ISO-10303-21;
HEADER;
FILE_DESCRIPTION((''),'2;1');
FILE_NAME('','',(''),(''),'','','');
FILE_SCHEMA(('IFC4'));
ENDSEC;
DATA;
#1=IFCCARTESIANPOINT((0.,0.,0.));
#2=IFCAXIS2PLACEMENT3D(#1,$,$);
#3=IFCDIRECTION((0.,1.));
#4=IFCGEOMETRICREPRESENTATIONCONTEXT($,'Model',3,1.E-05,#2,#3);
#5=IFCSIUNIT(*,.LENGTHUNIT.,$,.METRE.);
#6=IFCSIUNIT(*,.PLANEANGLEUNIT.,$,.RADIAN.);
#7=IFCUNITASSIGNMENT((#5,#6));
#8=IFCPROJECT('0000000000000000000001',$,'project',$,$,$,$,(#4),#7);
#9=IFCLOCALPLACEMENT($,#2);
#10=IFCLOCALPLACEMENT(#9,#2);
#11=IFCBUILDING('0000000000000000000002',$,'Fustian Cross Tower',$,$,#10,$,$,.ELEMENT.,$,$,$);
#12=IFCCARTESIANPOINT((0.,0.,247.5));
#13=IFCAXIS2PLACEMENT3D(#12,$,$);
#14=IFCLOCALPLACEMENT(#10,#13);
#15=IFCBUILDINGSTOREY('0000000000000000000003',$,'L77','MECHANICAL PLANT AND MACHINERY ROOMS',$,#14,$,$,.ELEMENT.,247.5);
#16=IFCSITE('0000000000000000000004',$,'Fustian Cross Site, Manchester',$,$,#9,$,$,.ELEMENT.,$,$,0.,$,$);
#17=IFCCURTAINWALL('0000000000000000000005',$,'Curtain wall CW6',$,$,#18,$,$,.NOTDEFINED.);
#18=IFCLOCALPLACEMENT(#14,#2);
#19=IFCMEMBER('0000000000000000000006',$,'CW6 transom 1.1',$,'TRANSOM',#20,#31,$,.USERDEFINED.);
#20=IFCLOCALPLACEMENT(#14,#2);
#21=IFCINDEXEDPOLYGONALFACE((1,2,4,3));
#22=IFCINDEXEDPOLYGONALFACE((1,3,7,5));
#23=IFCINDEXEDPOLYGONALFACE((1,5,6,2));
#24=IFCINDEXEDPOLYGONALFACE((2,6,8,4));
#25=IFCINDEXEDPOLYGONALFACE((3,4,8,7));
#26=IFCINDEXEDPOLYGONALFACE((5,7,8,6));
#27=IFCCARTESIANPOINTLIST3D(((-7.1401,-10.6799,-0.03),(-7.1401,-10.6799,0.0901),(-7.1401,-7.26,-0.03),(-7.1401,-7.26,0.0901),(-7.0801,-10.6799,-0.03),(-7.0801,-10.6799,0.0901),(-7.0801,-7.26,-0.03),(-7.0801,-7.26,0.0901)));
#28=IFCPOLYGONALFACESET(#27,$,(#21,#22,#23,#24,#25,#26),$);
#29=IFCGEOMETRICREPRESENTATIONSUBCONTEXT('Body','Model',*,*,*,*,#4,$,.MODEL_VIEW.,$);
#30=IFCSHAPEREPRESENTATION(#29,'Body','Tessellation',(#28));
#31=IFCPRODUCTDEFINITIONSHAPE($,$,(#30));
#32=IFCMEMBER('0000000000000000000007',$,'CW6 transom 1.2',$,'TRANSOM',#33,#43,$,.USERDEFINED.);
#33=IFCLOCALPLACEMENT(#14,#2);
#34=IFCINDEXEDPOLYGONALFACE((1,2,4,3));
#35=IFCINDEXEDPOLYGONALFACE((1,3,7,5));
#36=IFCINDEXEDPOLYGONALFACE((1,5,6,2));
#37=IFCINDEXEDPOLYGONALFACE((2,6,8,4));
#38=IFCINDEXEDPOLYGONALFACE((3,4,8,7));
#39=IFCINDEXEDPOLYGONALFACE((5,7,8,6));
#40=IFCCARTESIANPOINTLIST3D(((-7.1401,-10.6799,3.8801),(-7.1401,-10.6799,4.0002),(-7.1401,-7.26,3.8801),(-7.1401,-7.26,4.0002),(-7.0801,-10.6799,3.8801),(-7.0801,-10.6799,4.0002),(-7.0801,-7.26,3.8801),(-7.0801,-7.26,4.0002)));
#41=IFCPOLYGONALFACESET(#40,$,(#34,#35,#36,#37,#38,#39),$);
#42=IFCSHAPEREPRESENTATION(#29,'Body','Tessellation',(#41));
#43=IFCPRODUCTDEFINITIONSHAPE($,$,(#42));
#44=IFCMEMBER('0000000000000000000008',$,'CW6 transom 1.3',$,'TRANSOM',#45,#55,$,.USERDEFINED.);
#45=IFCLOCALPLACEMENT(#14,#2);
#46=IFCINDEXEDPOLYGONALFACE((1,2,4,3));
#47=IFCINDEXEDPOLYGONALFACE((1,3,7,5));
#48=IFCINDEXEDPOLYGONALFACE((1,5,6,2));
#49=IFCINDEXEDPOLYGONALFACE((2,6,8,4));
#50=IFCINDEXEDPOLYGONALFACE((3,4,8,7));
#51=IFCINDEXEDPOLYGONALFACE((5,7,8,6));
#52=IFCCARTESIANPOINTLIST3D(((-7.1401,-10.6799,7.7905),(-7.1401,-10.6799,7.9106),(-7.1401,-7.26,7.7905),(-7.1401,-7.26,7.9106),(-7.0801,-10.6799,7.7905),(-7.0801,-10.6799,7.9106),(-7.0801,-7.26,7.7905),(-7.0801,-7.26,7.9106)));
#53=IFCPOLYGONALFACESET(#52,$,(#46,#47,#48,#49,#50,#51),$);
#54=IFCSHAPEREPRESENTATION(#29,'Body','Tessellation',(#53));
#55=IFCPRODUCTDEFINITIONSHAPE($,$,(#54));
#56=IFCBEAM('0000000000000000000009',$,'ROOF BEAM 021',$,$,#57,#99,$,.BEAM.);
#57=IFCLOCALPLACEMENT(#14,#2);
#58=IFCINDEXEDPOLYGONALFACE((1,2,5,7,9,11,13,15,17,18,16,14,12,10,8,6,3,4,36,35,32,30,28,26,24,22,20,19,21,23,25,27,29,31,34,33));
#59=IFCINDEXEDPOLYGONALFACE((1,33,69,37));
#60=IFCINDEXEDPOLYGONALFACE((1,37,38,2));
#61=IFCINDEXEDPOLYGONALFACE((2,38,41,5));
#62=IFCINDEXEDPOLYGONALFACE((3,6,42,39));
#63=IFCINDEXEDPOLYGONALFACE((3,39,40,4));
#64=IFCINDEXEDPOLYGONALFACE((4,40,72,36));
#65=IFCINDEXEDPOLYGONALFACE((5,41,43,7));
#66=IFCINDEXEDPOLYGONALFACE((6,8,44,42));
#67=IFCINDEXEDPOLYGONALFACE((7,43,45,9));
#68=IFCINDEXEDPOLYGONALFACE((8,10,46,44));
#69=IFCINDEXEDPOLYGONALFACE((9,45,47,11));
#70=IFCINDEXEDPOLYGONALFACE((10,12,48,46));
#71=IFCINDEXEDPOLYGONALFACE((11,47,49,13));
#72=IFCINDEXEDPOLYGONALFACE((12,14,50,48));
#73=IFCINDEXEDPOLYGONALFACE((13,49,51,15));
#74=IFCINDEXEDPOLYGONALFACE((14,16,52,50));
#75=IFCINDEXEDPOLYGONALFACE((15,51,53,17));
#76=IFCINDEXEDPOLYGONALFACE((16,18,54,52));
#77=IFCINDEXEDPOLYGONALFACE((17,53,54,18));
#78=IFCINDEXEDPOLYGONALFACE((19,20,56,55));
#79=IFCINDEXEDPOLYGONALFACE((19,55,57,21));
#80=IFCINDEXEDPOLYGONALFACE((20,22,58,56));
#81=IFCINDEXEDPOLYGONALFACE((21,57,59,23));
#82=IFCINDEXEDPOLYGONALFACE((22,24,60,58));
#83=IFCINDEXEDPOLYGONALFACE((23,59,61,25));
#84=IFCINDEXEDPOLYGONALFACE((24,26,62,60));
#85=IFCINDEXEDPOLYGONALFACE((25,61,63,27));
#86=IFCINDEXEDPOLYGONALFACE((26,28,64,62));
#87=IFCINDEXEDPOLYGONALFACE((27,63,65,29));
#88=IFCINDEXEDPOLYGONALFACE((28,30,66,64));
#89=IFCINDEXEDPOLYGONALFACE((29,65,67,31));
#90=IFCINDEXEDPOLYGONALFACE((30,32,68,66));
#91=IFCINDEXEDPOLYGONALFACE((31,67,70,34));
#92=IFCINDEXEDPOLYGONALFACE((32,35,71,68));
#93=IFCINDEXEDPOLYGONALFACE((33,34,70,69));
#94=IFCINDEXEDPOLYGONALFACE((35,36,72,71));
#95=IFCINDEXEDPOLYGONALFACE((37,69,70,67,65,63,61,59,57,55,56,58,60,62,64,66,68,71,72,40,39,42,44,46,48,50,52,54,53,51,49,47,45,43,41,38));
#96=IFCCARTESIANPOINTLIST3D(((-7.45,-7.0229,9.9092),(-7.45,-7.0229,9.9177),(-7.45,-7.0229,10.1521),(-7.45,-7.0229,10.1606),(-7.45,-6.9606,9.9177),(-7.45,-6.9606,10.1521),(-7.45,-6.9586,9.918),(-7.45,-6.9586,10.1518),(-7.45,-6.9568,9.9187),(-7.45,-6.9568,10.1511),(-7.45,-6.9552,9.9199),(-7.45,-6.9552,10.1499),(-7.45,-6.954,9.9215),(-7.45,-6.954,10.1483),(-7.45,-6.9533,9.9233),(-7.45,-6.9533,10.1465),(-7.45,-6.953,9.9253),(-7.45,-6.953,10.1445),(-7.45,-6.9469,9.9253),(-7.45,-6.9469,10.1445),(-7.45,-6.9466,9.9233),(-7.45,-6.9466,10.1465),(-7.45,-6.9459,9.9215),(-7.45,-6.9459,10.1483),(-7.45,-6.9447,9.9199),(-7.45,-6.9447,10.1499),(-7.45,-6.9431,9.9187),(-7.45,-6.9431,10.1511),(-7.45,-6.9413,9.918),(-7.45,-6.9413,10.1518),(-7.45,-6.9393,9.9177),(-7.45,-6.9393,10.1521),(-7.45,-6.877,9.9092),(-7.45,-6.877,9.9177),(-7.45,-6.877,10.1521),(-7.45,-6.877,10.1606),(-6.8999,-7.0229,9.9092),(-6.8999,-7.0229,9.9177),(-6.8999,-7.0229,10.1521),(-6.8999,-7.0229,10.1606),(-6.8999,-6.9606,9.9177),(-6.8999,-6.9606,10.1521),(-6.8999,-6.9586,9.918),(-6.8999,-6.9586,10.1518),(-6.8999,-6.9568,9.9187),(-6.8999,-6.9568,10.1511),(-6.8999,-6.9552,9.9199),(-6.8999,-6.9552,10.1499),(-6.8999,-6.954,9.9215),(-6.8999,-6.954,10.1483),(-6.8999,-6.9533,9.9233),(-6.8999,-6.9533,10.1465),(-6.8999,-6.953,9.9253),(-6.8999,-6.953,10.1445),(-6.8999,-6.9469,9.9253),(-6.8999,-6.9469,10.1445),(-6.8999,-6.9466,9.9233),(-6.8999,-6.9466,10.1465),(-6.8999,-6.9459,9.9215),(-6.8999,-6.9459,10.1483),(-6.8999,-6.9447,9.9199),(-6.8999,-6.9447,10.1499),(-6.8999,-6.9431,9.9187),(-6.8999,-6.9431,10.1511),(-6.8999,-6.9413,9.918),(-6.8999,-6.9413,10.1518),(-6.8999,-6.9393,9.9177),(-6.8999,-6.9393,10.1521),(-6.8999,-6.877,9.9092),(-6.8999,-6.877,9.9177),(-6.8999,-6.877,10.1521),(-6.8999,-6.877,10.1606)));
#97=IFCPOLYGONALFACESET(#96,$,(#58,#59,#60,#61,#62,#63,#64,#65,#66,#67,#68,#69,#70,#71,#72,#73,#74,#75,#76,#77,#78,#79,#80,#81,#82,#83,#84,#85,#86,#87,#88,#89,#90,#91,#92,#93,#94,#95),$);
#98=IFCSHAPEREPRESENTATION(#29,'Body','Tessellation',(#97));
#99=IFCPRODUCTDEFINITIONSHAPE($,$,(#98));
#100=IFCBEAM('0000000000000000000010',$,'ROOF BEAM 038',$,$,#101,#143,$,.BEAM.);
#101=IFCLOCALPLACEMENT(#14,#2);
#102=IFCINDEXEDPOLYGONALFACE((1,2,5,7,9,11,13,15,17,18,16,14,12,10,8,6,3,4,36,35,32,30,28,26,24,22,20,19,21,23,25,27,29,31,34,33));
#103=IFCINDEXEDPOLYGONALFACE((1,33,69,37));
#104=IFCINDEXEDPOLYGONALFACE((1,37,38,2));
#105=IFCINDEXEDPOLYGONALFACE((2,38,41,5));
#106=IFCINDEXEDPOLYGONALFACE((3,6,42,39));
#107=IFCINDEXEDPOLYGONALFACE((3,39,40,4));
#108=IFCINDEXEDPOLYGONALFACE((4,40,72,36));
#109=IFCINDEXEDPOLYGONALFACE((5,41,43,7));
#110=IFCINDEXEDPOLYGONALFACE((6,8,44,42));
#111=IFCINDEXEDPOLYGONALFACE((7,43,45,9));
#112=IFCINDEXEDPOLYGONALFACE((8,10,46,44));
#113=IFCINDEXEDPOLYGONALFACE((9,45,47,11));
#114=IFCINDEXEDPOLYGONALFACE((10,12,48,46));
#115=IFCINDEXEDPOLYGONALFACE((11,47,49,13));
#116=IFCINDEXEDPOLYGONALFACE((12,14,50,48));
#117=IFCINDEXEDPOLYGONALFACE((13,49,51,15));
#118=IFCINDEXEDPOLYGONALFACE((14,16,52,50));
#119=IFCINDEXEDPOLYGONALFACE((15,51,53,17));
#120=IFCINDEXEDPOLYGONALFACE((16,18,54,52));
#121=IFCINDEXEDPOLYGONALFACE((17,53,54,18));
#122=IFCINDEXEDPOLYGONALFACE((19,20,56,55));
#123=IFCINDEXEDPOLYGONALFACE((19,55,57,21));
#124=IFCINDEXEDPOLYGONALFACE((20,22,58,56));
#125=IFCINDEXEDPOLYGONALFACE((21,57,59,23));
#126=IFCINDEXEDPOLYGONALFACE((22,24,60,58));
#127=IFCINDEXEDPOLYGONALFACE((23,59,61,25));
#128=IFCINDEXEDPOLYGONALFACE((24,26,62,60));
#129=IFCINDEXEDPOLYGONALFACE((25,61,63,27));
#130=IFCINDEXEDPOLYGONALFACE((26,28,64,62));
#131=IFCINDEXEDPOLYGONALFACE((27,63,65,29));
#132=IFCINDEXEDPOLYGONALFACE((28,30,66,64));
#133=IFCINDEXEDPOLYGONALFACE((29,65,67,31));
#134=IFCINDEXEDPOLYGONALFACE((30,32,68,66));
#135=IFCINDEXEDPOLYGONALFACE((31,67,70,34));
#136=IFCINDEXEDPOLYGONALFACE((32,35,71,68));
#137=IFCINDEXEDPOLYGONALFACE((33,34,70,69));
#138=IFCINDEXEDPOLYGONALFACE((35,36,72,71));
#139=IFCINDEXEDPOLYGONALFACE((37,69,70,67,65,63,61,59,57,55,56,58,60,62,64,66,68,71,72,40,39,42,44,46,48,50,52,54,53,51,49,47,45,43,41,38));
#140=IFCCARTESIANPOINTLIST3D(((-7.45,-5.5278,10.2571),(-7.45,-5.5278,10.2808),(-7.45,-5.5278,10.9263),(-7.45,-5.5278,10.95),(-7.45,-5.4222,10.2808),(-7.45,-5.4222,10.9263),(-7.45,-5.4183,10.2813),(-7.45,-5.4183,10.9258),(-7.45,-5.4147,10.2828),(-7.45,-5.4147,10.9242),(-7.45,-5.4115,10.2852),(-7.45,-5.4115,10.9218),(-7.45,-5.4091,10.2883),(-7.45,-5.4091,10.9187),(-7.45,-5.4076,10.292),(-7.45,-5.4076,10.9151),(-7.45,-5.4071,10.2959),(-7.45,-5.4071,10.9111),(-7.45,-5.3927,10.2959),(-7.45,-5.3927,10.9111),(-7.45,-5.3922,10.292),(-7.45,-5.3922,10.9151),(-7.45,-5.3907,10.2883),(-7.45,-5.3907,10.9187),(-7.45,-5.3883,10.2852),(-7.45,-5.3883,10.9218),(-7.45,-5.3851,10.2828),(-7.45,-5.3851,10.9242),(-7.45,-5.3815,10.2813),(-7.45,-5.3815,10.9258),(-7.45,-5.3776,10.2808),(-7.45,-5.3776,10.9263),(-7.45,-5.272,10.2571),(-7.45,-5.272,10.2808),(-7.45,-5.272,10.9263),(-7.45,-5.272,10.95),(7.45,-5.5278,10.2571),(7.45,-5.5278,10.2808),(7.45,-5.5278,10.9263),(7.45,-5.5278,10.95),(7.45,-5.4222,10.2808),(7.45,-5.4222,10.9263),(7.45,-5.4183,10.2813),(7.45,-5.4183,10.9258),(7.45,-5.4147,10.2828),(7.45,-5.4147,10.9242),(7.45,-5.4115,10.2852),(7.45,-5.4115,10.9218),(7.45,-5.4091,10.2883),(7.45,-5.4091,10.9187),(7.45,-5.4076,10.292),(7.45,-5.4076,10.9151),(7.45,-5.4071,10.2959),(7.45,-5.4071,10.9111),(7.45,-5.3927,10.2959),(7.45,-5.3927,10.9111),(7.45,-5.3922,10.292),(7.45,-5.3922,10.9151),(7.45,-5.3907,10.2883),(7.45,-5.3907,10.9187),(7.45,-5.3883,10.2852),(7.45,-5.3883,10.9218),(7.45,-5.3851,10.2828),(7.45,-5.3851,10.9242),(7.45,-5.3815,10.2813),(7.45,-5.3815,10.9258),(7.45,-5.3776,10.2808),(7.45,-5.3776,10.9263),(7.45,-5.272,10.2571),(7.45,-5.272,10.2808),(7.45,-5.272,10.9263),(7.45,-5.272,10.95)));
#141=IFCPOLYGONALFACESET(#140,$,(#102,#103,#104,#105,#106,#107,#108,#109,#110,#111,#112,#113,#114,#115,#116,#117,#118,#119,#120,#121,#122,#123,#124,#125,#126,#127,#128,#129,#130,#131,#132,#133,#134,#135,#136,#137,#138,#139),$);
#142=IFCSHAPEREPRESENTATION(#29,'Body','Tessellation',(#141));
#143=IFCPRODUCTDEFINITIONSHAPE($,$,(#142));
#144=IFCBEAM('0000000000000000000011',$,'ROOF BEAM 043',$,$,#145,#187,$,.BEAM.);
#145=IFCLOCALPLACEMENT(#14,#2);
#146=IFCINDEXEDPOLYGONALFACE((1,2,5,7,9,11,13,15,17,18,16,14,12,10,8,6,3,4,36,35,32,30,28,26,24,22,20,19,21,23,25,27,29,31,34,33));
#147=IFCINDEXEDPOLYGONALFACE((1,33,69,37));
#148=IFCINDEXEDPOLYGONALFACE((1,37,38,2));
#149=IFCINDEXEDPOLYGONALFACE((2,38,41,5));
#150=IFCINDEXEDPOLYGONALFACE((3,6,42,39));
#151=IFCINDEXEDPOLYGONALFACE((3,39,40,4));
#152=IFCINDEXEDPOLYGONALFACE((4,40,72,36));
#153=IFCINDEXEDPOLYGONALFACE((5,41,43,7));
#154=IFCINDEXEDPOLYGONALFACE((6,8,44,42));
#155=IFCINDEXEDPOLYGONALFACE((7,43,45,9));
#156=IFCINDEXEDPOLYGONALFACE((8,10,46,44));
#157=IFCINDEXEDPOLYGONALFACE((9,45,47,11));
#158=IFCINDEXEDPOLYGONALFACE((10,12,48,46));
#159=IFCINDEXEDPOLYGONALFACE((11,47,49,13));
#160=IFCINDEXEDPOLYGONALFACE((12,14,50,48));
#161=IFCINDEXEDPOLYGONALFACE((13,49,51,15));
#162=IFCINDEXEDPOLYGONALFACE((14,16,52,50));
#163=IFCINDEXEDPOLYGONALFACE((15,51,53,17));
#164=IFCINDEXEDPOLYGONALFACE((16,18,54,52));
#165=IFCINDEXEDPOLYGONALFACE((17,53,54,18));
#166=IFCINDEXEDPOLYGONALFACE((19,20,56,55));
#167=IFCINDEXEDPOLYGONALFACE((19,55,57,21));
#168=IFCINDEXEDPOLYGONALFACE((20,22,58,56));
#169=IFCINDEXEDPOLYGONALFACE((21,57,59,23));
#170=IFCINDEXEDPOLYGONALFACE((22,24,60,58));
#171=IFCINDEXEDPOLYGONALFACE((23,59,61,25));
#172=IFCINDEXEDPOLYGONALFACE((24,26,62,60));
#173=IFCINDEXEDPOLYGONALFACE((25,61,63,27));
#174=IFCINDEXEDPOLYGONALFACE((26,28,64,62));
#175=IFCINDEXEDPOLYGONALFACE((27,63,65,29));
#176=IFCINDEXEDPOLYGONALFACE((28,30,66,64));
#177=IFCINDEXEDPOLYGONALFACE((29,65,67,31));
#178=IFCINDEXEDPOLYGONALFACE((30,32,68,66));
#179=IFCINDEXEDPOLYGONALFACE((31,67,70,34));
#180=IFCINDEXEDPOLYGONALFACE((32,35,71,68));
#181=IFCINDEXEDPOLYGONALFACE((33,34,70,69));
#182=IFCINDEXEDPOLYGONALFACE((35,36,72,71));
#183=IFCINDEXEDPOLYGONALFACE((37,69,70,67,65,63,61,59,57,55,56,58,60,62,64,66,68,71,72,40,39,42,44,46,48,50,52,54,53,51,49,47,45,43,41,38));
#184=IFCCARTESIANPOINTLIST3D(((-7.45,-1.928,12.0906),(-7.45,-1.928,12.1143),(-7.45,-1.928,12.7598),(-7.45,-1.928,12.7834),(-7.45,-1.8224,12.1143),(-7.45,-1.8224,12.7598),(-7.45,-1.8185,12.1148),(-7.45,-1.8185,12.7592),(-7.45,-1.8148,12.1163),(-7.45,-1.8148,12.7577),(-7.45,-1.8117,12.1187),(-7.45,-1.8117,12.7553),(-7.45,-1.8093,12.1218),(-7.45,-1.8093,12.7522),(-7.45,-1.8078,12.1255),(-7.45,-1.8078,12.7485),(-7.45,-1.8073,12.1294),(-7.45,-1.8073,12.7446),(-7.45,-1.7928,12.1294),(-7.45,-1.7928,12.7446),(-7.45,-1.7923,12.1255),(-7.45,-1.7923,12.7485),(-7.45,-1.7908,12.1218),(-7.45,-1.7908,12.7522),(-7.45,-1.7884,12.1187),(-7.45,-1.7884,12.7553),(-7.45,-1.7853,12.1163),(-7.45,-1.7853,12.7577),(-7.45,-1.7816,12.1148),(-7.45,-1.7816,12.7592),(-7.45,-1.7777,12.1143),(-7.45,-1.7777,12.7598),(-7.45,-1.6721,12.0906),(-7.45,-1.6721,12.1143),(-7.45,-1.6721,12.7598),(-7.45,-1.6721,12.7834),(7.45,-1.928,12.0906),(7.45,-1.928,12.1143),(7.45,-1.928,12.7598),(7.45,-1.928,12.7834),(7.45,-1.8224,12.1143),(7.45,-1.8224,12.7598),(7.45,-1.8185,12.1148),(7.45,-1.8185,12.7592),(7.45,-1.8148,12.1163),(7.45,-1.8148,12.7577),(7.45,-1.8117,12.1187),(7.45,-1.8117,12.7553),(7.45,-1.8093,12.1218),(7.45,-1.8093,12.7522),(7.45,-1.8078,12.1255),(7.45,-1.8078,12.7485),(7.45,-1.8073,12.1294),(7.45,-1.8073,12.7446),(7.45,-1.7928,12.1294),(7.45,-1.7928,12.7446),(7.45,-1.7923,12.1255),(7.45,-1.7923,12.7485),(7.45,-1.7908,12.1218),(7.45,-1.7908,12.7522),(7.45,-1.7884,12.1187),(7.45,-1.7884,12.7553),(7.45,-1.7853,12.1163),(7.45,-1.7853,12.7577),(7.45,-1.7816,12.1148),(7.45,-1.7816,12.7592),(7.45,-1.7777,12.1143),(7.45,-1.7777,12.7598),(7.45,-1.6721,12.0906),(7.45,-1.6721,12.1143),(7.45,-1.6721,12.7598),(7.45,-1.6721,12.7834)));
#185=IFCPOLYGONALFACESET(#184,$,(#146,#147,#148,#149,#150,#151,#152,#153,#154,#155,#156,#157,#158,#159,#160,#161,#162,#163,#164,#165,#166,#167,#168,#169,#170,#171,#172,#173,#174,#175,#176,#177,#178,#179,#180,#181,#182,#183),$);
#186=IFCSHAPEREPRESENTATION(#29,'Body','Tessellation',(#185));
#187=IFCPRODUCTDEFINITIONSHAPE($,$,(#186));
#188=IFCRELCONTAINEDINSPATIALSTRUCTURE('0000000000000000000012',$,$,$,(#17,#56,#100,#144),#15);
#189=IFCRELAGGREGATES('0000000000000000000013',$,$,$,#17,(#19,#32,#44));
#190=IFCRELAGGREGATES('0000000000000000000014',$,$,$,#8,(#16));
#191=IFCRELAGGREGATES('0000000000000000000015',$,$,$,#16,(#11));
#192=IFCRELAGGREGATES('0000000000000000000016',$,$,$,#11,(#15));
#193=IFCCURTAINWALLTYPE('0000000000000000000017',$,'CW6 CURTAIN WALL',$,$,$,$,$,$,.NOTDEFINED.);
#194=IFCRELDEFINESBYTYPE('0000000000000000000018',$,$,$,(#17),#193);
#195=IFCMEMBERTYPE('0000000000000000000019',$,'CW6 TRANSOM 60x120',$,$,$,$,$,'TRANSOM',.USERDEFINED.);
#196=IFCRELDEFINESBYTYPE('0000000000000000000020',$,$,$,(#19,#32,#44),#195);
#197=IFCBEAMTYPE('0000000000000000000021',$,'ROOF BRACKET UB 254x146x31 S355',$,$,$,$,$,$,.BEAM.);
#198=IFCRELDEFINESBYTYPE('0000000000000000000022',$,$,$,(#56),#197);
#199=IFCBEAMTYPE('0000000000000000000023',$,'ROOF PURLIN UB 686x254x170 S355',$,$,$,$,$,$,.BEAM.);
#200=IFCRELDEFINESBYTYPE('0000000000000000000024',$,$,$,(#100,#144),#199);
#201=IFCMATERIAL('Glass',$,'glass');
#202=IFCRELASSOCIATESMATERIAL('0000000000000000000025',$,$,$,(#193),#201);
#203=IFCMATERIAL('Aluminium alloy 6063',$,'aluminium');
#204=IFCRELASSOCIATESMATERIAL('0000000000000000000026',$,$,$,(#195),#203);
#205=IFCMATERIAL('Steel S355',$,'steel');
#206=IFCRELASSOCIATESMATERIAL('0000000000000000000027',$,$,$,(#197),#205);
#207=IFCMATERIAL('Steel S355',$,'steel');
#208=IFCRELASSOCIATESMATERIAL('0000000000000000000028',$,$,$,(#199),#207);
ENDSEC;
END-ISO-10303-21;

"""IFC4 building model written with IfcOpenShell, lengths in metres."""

from ifc_helpers import new_model, si_unit, direction, frame, origin, origin_2d, place, context, subcontext, project, spatial, rectangle, i_section, extrude, material, material_profile, profile_set, type_object, element, aggregate, save


model = new_model("IFC4")

# Units and contexts
model_context = context("Model", 3, precision=1e-05, world=origin(), true_north=direction((0.0, 1.0)))
body_context = subcontext(model_context, "Body", "Model", "MODEL_VIEW")
ifc_project = project(units=[si_unit("LENGTHUNIT", "METRE"), si_unit("PLANEANGLEUNIT", "RADIAN")], contexts=[model_context])

# Site, building, storey
site_placement = place(None, origin())
site = spatial("IfcSite", under=ifc_project, at=site_placement, Name="Fustian Cross Site, Manchester", CompositionType="ELEMENT", RefElevation=0.0)
building_placement = place(site_placement, origin())
building = spatial("IfcBuilding", under=site, at=building_placement, Name="Fustian Cross Tower", CompositionType="ELEMENT")
storey_placement = place(building_placement, frame((0.0, 0.0, 247.5)))
storey = spatial("IfcBuildingStorey", under=building, at=storey_placement, Name="L77", Description="MECHANICAL PLANT AND MACHINERY ROOMS", CompositionType="ELEMENT", Elevation=247.5)

# Curtain wall, members
ifc_material_1 = material(Name="Glass", Category="glass")
curtain_wall_type = type_object("IfcCurtainWallType", Name="CW6 CURTAIN WALL", PredefinedType="NOTDEFINED", material=ifc_material_1)
curtain_wall_placement = place(storey_placement, origin())
curtain_wall = element("IfcCurtainWall", 1, at=curtain_wall_placement, inside=storey, type_object=curtain_wall_type, Name="Curtain wall CW6", PredefinedType="NOTDEFINED")
ifc_material_2 = material(Name="Aluminium alloy 6063", Category="aluminium")
ifc_material_profile_1 = material_profile(ifc_material_2, rectangle(XDim=0.0601, YDim=0.1201, at=origin_2d()), Name="CW6 TRANSOM 60x120")
ifc_profile_set_1 = profile_set([ifc_material_profile_1], Name="Aluminium alloy 6063")
member_type = type_object("IfcMemberType", Name="CW6 TRANSOM 60x120", ElementType="TRANSOM", PredefinedType="USERDEFINED", material=ifc_profile_set_1)
member_1_placement = place(storey_placement, frame((-7.1101, -7.26, 0.03), z_axis=(0.0, -1.0, 0.0), x_axis=(1.0, 0.0, 0.0)))
member_1 = element("IfcMember", 2, at=member_1_placement, type_object=member_type, Name="CW6 transom 1.1", ObjectType="TRANSOM", PredefinedType="USERDEFINED", context=body_context, shape_type="SweptSolid", body=[
    extrude(rectangle(XDim=0.0601, YDim=0.1201, at=origin_2d()), origin(), (0.0, 0.0, 1.0), 3.4199),
])
member_2_placement = place(storey_placement, frame((-7.1101, -7.26, 3.9402), z_axis=(0.0, -1.0, 0.0), x_axis=(1.0, 0.0, 0.0)))
member_2 = element("IfcMember", 3, at=member_2_placement, type_object=member_type, Name="CW6 transom 1.2", ObjectType="TRANSOM", PredefinedType="USERDEFINED", context=body_context, shape_type="SweptSolid", body=[
    extrude(rectangle(XDim=0.0601, YDim=0.1201, at=origin_2d()), origin(), (0.0, 0.0, 1.0), 3.4199),
])
member_3_placement = place(storey_placement, frame((-7.1101, -7.26, 7.8506), z_axis=(0.0, -1.0, 0.0), x_axis=(1.0, 0.0, 0.0)))
member_3 = element("IfcMember", 4, at=member_3_placement, type_object=member_type, Name="CW6 transom 1.3", ObjectType="TRANSOM", PredefinedType="USERDEFINED", context=body_context, shape_type="SweptSolid", body=[
    extrude(rectangle(XDim=0.0601, YDim=0.1201, at=origin_2d()), origin(), (0.0, 0.0, 1.0), 3.4199),
])

# Beams
ifc_material_3 = material(Name="Steel S355", Category="steel")
ifc_material_profile_2 = material_profile(ifc_material_3, i_section(OverallWidth=0.146, OverallDepth=0.2515, WebThickness=0.0061, FlangeThickness=0.0085, FilletRadius=0.0076, at=origin_2d()), Name="UB 254x146x31")
ifc_profile_set_2 = profile_set([ifc_material_profile_2], Name="Steel S355")
beam_type_1 = type_object("IfcBeamType", Name="ROOF BRACKET UB 254x146x31 S355", PredefinedType="BEAM", material=ifc_profile_set_2)
beam_1_placement = place(storey_placement, frame((-6.8999, -6.95, 10.0349), z_axis=(-1.0, 0.0, 0.0), x_axis=(0.0, -1.0, 0.0)))
element("IfcBeam", 5, at=beam_1_placement, inside=storey, type_object=beam_type_1, Name="ROOF BEAM 021", PredefinedType="BEAM", context=body_context, shape_type="SweptSolid", body=[
    extrude(i_section(OverallWidth=0.146, OverallDepth=0.2515, WebThickness=0.0061, FlangeThickness=0.0085, FilletRadius=0.0076, at=origin_2d()), origin(), (0.0, 0.0, 1.0), 0.55),
])
ifc_material_4 = material(Name="Steel S355", Category="steel")
ifc_material_profile_3 = material_profile(ifc_material_4, i_section(OverallWidth=0.2559, OverallDepth=0.6929, WebThickness=0.0144, FlangeThickness=0.0237, FilletRadius=0.0151, at=origin_2d()), Name="UB 686x254x170")
ifc_profile_set_3 = profile_set([ifc_material_profile_3], Name="Steel S355")
beam_type_2 = type_object("IfcBeamType", Name="ROOF PURLIN UB 686x254x170 S355", PredefinedType="BEAM", material=ifc_profile_set_3)
for number, where, z_axis, x_axis, name in (
    (6, (-7.45, -5.3999, 10.6035), (1.0, 0.0, 0.0), (0.0, 1.0, 0.0), "ROOF BEAM 038"),
    (7, (-7.45, -1.8, 12.437), (1.0, 0.0, 0.0), (0.0, 1.0, 0.0), "ROOF BEAM 043"),
):
    element("IfcBeam", number, at=place(storey_placement, frame(where, z_axis=z_axis, x_axis=x_axis)), inside=storey, type_object=beam_type_2, Name=name, PredefinedType="BEAM", context=body_context, shape_type="SweptSolid", body=[
        extrude(i_section(OverallWidth=0.2559, OverallDepth=0.6929, WebThickness=0.0144, FlangeThickness=0.0237, FilletRadius=0.0151, at=origin_2d()), origin(), (0.0, 0.0, 1.0), 14.8999),
    ])

aggregate(curtain_wall, [member_1, member_2, member_3])

save(model, "model.ifc")
